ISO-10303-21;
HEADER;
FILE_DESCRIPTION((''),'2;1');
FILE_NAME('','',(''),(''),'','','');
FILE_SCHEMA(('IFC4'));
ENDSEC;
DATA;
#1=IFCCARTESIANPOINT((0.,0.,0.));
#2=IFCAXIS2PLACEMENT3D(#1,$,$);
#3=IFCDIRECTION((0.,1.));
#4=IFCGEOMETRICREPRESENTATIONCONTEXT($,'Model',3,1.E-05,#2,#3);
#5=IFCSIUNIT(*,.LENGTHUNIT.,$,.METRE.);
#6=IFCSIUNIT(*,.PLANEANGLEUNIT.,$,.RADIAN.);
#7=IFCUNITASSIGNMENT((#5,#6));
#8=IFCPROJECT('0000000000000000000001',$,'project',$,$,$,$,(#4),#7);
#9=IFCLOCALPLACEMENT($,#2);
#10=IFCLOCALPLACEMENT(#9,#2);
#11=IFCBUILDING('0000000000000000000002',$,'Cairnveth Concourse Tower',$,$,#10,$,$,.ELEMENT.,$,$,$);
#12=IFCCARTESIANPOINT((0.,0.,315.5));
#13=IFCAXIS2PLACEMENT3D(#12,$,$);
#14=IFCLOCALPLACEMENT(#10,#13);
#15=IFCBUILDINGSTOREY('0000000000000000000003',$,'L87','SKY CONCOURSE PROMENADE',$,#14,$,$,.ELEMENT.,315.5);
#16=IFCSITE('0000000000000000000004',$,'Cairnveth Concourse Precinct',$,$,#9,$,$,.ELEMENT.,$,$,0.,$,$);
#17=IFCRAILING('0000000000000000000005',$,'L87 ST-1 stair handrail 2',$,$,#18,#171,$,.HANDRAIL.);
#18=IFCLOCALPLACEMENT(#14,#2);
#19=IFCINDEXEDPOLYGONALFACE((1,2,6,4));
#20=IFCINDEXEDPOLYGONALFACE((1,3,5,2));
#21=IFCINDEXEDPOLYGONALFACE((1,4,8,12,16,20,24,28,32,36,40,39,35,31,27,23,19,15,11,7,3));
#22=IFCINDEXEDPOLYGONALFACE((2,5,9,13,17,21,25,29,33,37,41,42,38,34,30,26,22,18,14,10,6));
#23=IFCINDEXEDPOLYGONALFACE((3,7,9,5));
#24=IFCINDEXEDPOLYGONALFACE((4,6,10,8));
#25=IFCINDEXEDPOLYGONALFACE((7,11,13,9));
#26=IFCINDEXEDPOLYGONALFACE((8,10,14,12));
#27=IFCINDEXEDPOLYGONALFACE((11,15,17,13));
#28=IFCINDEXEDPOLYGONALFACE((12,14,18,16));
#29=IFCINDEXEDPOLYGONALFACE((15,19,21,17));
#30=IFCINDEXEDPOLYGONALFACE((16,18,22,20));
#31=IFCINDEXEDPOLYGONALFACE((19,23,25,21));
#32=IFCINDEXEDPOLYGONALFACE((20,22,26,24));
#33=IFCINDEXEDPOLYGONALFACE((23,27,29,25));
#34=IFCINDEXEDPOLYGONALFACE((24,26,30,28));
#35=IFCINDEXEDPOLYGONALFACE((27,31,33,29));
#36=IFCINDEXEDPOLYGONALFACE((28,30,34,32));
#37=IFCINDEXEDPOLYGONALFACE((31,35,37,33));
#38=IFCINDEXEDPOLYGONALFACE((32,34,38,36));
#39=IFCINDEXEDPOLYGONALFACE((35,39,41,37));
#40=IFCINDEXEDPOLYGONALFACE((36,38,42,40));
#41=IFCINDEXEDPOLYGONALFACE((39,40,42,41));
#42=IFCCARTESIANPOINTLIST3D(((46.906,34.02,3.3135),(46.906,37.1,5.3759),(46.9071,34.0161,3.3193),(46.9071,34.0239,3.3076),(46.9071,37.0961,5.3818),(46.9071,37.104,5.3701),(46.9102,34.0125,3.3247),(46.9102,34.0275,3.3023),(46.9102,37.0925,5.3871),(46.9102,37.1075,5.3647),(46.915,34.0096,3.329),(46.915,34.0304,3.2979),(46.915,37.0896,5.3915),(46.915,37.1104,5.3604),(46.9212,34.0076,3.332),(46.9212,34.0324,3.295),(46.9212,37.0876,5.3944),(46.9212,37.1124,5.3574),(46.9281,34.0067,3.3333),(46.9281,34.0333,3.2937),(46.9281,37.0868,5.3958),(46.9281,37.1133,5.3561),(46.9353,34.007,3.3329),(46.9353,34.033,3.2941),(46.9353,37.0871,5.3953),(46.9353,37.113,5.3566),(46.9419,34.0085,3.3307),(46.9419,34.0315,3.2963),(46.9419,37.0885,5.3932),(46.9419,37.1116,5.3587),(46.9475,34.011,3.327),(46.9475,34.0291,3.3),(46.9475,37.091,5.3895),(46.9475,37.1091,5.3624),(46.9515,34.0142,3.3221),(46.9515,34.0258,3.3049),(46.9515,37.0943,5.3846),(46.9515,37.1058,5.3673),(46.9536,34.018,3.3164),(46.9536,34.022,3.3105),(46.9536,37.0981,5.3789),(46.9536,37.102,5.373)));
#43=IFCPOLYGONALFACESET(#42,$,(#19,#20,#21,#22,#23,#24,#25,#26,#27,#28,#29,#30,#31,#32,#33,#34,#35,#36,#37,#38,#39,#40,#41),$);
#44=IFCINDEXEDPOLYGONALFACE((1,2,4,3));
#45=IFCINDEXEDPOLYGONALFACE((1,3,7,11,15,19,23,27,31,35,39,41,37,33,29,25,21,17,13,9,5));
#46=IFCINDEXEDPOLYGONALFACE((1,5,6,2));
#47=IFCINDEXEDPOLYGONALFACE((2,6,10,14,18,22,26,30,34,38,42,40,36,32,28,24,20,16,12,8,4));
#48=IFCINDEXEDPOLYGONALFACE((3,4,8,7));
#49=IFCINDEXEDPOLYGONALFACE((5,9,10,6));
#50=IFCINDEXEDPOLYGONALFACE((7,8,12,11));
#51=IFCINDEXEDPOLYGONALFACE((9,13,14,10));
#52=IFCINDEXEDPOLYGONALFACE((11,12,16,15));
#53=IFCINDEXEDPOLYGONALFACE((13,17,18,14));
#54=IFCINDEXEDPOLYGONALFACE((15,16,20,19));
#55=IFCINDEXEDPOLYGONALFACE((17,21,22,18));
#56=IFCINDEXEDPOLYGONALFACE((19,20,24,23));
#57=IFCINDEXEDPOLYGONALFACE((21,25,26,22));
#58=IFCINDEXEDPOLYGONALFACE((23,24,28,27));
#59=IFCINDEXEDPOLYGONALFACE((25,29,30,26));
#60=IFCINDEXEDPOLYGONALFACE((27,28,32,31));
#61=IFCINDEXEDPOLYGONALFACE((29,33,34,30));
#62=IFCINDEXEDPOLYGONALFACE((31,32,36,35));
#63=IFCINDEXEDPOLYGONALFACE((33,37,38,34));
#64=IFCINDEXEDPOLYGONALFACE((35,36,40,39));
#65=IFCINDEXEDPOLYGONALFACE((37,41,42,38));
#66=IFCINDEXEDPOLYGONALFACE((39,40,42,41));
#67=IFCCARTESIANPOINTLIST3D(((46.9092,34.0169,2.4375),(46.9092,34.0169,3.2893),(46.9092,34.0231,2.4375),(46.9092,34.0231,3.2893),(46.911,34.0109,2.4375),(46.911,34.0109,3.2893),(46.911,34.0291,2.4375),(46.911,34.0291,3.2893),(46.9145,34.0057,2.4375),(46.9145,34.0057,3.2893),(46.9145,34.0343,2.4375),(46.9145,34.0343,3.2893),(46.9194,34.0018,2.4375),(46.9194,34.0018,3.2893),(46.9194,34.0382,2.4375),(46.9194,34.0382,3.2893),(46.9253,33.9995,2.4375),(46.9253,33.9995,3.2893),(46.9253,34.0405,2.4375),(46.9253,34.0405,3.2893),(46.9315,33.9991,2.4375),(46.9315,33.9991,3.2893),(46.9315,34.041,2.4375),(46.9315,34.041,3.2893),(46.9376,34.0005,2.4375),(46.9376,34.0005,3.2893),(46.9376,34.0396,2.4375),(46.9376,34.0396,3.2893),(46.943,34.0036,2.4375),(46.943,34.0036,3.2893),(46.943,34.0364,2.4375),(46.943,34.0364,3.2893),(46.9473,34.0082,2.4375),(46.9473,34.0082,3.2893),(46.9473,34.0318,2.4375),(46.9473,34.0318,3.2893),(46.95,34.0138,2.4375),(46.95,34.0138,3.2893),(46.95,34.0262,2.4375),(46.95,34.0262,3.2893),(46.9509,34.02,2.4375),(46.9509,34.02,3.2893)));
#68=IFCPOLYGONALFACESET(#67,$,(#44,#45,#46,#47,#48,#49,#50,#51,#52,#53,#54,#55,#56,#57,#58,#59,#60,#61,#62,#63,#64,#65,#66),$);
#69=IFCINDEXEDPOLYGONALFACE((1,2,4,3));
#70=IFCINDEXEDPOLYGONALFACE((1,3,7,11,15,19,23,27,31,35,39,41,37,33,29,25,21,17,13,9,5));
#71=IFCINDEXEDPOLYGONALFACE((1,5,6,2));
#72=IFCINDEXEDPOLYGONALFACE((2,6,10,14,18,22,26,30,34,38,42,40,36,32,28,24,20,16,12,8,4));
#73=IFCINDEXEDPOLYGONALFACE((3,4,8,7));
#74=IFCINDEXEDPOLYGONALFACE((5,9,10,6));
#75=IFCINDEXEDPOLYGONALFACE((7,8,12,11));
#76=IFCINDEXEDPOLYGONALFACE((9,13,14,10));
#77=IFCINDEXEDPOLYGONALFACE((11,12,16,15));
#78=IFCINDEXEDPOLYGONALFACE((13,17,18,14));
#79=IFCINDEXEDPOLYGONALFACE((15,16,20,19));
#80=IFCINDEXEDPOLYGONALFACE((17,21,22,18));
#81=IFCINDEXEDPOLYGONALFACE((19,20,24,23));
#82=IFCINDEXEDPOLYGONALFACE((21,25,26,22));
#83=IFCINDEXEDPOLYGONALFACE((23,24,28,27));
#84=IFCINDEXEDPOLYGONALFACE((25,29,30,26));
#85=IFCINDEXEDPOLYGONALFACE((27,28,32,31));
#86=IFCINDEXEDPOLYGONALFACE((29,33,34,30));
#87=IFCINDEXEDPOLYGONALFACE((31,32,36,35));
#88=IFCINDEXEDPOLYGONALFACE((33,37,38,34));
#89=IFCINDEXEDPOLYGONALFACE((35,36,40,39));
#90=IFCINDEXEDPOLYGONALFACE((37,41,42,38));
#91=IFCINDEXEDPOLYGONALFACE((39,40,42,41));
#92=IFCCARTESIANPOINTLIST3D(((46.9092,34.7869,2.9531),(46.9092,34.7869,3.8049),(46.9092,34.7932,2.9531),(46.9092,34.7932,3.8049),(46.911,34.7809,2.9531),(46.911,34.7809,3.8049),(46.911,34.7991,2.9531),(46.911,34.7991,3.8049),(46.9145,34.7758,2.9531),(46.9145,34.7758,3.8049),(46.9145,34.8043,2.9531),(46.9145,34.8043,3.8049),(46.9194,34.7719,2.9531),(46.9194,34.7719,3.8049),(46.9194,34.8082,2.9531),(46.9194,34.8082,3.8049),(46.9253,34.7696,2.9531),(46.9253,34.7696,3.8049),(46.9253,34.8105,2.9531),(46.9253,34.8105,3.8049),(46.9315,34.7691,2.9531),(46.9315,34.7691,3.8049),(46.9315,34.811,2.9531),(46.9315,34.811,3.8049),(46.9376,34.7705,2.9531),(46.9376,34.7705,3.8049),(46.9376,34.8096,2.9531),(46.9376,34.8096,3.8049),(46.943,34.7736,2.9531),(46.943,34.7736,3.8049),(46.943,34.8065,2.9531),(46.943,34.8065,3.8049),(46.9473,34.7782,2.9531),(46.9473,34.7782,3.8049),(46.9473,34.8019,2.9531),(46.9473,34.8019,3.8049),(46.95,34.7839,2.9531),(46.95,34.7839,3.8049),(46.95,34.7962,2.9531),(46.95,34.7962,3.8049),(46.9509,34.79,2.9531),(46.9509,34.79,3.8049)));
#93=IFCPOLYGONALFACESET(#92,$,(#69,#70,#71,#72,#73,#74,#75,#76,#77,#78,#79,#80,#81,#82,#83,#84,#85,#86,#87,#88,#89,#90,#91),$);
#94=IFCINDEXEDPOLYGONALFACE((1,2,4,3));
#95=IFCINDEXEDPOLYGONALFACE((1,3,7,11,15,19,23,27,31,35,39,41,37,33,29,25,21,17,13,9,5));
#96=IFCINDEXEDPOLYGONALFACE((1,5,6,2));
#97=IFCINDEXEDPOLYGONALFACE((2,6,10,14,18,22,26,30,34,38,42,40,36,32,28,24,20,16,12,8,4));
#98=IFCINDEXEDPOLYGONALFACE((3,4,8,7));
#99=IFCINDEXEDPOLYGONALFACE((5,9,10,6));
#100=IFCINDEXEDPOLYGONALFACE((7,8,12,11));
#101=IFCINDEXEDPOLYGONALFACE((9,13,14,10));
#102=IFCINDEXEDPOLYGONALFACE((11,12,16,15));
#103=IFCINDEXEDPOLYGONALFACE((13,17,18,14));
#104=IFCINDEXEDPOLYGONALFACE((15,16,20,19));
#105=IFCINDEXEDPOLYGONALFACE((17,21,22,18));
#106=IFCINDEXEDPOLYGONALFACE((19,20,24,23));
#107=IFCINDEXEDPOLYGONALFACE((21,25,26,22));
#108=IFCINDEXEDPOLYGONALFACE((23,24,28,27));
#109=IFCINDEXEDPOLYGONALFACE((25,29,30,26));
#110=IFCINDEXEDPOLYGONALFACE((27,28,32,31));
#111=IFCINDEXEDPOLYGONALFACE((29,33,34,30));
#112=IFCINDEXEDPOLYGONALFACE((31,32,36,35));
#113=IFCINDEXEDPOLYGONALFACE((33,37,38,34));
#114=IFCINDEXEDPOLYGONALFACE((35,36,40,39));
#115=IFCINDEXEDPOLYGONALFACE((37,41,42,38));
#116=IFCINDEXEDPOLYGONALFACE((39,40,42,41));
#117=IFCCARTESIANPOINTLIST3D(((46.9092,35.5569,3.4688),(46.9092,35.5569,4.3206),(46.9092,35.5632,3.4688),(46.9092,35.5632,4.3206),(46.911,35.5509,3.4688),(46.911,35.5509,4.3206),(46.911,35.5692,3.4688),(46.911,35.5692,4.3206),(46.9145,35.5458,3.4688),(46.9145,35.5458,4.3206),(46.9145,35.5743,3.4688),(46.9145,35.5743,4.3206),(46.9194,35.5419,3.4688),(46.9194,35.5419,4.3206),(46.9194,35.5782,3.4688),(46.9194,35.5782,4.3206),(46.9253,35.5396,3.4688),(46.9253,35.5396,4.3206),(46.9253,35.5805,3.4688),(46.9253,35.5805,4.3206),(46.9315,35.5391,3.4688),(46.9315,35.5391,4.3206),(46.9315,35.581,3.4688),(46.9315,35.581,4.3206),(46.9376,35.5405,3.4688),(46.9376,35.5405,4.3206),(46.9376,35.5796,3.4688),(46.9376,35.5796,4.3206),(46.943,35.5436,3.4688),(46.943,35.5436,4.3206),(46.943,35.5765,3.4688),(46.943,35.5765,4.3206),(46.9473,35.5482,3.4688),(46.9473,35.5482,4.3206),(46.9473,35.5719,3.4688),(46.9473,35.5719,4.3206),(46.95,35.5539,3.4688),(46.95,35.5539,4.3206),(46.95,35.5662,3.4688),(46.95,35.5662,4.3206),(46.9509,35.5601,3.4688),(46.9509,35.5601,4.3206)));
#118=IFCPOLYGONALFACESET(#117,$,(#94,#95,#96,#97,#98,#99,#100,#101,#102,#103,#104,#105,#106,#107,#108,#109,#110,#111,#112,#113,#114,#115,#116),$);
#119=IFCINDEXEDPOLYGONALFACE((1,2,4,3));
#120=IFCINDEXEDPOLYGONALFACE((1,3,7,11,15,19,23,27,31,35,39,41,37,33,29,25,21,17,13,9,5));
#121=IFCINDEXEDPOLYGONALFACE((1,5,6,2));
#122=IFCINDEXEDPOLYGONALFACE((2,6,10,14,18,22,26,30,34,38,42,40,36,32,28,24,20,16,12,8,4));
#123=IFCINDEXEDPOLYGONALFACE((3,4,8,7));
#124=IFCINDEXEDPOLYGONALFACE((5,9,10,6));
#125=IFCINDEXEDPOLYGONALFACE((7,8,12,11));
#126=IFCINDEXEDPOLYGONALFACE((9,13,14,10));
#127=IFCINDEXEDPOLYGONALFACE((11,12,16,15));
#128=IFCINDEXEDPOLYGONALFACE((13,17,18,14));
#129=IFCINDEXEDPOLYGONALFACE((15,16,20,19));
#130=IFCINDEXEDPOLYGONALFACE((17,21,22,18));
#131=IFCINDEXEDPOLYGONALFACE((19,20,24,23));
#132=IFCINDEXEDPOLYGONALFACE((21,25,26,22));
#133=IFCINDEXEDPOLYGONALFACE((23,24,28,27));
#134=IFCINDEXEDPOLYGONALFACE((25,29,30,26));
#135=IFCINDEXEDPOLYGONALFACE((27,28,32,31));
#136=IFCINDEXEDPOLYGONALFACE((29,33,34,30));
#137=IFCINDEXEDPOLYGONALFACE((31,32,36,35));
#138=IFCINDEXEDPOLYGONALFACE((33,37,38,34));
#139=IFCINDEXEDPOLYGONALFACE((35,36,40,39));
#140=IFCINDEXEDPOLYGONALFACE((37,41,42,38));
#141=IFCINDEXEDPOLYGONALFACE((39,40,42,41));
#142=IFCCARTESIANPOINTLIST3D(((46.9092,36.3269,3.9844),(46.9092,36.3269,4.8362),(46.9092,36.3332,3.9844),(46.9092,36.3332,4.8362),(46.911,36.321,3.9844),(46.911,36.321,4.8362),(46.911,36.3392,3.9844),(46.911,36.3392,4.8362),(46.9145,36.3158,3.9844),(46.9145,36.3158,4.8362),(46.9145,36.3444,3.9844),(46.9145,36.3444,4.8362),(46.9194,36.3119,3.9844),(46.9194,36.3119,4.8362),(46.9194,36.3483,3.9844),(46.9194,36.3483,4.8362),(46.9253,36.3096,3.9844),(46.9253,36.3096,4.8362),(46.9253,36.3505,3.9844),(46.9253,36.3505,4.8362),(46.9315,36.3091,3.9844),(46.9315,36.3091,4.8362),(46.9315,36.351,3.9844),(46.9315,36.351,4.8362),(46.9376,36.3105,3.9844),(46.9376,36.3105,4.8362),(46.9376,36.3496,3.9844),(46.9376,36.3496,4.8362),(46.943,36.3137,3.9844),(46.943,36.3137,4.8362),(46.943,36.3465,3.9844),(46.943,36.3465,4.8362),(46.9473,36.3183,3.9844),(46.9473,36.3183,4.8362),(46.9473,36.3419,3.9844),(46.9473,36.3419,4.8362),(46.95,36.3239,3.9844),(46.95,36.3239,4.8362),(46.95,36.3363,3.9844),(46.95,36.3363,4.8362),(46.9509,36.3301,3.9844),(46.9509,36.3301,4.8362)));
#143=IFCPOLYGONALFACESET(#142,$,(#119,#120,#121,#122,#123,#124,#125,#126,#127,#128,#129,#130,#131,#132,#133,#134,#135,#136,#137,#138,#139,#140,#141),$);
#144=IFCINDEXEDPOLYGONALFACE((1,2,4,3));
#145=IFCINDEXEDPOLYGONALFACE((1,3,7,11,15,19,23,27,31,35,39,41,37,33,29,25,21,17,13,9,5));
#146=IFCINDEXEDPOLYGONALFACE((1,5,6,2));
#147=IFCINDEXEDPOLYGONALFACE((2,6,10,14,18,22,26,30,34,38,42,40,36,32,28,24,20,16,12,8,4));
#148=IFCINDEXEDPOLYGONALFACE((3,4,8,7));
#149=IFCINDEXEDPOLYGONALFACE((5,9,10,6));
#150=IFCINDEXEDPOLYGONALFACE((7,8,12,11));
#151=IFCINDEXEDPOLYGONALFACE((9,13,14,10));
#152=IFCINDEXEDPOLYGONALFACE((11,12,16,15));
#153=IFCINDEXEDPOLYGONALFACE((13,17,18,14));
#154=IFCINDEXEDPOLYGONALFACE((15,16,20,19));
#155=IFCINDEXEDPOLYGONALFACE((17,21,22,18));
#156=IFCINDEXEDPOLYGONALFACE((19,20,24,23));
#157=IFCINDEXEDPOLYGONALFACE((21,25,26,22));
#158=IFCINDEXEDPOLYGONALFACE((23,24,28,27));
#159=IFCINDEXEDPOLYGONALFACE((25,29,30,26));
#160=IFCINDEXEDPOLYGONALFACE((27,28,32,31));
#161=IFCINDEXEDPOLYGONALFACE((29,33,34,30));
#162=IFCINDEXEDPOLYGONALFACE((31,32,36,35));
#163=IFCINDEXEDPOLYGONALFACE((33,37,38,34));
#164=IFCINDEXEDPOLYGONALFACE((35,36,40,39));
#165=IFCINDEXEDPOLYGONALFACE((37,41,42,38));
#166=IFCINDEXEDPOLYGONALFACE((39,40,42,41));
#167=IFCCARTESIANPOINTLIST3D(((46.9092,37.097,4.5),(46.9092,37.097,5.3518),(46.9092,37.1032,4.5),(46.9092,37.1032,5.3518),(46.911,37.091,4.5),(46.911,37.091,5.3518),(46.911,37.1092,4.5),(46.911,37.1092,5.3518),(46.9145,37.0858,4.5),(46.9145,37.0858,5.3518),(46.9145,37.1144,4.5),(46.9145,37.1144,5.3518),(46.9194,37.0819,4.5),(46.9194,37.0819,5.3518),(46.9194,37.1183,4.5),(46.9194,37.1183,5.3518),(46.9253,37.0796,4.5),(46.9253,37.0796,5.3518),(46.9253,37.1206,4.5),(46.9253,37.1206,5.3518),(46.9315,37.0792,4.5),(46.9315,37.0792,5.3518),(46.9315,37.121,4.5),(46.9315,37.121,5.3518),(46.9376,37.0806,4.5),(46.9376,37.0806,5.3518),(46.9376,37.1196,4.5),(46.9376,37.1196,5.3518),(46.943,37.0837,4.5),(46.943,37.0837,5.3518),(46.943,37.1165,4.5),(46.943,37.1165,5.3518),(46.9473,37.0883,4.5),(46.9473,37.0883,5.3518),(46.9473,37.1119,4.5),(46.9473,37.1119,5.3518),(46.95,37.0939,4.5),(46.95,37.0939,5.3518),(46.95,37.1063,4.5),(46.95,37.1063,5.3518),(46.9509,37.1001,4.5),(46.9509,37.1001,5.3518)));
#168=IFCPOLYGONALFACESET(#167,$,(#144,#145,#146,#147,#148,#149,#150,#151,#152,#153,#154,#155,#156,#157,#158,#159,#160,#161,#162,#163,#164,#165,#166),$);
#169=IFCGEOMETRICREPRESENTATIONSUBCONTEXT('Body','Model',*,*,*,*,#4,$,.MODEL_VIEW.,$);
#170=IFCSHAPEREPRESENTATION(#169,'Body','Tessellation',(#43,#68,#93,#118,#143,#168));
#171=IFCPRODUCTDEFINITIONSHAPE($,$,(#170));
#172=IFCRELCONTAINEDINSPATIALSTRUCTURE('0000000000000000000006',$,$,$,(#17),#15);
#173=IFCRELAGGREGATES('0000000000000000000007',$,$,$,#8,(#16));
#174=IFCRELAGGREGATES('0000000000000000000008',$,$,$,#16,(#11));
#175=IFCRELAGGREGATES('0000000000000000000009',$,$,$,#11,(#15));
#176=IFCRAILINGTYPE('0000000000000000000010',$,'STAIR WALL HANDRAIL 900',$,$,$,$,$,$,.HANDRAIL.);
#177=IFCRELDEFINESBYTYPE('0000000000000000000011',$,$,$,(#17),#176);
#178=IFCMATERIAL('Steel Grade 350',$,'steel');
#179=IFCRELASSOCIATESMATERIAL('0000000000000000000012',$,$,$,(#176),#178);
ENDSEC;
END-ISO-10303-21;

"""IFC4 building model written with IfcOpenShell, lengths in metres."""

from ifc_helpers import new_model, si_unit, direction, frame, origin, origin_2d, place, context, subcontext, project, spatial, circle, extrude, material, type_object, element, save


model = new_model("IFC4")

# Units and contexts
model_context = context("Model", 3, precision=1e-05, world=origin(), true_north=direction((0.0, 1.0)))
body_context = subcontext(model_context, "Body", "Model", "MODEL_VIEW")
ifc_project = project(units=[si_unit("LENGTHUNIT", "METRE"), si_unit("PLANEANGLEUNIT", "RADIAN")], contexts=[model_context])

# Site, building, storey
site_placement = place(None, origin())
site = spatial("IfcSite", under=ifc_project, at=site_placement, Name="Cairnveth Concourse Precinct", CompositionType="ELEMENT", RefElevation=0.0)
building_placement = place(site_placement, origin())
building = spatial("IfcBuilding", under=site, at=building_placement, Name="Cairnveth Concourse Tower", CompositionType="ELEMENT")
storey_placement = place(building_placement, frame((0.0, 0.0, 315.5)))
storey = spatial("IfcBuildingStorey", under=building, at=storey_placement, Name="L87", Description="SKY CONCOURSE PROMENADE", CompositionType="ELEMENT", Elevation=315.5)

# Shared definitions
ifc_material_1 = material(Name="Steel Grade 350", Category="steel")

# Railing
railing_type_1 = type_object("IfcRailingType", Name="STAIR WALL HANDRAIL 900", PredefinedType="HANDRAIL", material=ifc_material_1)
railing_1_placement = place(storey_placement, frame((46.9299, 34.02, 2.4375)))
element("IfcRailing", 1, at=railing_1_placement, inside=storey, type_object=railing_type_1, Name="L87 ST-1 stair handrail 2", PredefinedType="HANDRAIL", context=body_context, shape_type="SweptSolid", body=[
    extrude(circle(Radius=0.0239, at=origin_2d()), frame((0.0, 0.0, 0.876), z_axis=(0.0, 0.830914, 0.556401), x_axis=(-1.0, 0.0, 0.0)), (0.0, 0.0, 1.0), 3.7068),
    extrude(circle(Radius=0.021, at=origin_2d()), origin(), (0.0, 0.0, 1.0), 0.8518),
    extrude(circle(Radius=0.021, at=origin_2d()), frame((0.0, 0.77, 0.5156)), (0.0, 0.0, 1.0), 0.8518),
    extrude(circle(Radius=0.021, at=origin_2d()), frame((0.0, 1.54, 1.0312)), (0.0, 0.0, 1.0), 0.8518),
    extrude(circle(Radius=0.021, at=origin_2d()), frame((0.0, 2.3101, 1.5469)), (0.0, 0.0, 1.0), 0.8518),
    extrude(circle(Radius=0.021, at=origin_2d()), frame((0.0, 3.0801, 2.0625)), (0.0, 0.0, 1.0), 0.8518),
])

save(model, "model.ifc")
